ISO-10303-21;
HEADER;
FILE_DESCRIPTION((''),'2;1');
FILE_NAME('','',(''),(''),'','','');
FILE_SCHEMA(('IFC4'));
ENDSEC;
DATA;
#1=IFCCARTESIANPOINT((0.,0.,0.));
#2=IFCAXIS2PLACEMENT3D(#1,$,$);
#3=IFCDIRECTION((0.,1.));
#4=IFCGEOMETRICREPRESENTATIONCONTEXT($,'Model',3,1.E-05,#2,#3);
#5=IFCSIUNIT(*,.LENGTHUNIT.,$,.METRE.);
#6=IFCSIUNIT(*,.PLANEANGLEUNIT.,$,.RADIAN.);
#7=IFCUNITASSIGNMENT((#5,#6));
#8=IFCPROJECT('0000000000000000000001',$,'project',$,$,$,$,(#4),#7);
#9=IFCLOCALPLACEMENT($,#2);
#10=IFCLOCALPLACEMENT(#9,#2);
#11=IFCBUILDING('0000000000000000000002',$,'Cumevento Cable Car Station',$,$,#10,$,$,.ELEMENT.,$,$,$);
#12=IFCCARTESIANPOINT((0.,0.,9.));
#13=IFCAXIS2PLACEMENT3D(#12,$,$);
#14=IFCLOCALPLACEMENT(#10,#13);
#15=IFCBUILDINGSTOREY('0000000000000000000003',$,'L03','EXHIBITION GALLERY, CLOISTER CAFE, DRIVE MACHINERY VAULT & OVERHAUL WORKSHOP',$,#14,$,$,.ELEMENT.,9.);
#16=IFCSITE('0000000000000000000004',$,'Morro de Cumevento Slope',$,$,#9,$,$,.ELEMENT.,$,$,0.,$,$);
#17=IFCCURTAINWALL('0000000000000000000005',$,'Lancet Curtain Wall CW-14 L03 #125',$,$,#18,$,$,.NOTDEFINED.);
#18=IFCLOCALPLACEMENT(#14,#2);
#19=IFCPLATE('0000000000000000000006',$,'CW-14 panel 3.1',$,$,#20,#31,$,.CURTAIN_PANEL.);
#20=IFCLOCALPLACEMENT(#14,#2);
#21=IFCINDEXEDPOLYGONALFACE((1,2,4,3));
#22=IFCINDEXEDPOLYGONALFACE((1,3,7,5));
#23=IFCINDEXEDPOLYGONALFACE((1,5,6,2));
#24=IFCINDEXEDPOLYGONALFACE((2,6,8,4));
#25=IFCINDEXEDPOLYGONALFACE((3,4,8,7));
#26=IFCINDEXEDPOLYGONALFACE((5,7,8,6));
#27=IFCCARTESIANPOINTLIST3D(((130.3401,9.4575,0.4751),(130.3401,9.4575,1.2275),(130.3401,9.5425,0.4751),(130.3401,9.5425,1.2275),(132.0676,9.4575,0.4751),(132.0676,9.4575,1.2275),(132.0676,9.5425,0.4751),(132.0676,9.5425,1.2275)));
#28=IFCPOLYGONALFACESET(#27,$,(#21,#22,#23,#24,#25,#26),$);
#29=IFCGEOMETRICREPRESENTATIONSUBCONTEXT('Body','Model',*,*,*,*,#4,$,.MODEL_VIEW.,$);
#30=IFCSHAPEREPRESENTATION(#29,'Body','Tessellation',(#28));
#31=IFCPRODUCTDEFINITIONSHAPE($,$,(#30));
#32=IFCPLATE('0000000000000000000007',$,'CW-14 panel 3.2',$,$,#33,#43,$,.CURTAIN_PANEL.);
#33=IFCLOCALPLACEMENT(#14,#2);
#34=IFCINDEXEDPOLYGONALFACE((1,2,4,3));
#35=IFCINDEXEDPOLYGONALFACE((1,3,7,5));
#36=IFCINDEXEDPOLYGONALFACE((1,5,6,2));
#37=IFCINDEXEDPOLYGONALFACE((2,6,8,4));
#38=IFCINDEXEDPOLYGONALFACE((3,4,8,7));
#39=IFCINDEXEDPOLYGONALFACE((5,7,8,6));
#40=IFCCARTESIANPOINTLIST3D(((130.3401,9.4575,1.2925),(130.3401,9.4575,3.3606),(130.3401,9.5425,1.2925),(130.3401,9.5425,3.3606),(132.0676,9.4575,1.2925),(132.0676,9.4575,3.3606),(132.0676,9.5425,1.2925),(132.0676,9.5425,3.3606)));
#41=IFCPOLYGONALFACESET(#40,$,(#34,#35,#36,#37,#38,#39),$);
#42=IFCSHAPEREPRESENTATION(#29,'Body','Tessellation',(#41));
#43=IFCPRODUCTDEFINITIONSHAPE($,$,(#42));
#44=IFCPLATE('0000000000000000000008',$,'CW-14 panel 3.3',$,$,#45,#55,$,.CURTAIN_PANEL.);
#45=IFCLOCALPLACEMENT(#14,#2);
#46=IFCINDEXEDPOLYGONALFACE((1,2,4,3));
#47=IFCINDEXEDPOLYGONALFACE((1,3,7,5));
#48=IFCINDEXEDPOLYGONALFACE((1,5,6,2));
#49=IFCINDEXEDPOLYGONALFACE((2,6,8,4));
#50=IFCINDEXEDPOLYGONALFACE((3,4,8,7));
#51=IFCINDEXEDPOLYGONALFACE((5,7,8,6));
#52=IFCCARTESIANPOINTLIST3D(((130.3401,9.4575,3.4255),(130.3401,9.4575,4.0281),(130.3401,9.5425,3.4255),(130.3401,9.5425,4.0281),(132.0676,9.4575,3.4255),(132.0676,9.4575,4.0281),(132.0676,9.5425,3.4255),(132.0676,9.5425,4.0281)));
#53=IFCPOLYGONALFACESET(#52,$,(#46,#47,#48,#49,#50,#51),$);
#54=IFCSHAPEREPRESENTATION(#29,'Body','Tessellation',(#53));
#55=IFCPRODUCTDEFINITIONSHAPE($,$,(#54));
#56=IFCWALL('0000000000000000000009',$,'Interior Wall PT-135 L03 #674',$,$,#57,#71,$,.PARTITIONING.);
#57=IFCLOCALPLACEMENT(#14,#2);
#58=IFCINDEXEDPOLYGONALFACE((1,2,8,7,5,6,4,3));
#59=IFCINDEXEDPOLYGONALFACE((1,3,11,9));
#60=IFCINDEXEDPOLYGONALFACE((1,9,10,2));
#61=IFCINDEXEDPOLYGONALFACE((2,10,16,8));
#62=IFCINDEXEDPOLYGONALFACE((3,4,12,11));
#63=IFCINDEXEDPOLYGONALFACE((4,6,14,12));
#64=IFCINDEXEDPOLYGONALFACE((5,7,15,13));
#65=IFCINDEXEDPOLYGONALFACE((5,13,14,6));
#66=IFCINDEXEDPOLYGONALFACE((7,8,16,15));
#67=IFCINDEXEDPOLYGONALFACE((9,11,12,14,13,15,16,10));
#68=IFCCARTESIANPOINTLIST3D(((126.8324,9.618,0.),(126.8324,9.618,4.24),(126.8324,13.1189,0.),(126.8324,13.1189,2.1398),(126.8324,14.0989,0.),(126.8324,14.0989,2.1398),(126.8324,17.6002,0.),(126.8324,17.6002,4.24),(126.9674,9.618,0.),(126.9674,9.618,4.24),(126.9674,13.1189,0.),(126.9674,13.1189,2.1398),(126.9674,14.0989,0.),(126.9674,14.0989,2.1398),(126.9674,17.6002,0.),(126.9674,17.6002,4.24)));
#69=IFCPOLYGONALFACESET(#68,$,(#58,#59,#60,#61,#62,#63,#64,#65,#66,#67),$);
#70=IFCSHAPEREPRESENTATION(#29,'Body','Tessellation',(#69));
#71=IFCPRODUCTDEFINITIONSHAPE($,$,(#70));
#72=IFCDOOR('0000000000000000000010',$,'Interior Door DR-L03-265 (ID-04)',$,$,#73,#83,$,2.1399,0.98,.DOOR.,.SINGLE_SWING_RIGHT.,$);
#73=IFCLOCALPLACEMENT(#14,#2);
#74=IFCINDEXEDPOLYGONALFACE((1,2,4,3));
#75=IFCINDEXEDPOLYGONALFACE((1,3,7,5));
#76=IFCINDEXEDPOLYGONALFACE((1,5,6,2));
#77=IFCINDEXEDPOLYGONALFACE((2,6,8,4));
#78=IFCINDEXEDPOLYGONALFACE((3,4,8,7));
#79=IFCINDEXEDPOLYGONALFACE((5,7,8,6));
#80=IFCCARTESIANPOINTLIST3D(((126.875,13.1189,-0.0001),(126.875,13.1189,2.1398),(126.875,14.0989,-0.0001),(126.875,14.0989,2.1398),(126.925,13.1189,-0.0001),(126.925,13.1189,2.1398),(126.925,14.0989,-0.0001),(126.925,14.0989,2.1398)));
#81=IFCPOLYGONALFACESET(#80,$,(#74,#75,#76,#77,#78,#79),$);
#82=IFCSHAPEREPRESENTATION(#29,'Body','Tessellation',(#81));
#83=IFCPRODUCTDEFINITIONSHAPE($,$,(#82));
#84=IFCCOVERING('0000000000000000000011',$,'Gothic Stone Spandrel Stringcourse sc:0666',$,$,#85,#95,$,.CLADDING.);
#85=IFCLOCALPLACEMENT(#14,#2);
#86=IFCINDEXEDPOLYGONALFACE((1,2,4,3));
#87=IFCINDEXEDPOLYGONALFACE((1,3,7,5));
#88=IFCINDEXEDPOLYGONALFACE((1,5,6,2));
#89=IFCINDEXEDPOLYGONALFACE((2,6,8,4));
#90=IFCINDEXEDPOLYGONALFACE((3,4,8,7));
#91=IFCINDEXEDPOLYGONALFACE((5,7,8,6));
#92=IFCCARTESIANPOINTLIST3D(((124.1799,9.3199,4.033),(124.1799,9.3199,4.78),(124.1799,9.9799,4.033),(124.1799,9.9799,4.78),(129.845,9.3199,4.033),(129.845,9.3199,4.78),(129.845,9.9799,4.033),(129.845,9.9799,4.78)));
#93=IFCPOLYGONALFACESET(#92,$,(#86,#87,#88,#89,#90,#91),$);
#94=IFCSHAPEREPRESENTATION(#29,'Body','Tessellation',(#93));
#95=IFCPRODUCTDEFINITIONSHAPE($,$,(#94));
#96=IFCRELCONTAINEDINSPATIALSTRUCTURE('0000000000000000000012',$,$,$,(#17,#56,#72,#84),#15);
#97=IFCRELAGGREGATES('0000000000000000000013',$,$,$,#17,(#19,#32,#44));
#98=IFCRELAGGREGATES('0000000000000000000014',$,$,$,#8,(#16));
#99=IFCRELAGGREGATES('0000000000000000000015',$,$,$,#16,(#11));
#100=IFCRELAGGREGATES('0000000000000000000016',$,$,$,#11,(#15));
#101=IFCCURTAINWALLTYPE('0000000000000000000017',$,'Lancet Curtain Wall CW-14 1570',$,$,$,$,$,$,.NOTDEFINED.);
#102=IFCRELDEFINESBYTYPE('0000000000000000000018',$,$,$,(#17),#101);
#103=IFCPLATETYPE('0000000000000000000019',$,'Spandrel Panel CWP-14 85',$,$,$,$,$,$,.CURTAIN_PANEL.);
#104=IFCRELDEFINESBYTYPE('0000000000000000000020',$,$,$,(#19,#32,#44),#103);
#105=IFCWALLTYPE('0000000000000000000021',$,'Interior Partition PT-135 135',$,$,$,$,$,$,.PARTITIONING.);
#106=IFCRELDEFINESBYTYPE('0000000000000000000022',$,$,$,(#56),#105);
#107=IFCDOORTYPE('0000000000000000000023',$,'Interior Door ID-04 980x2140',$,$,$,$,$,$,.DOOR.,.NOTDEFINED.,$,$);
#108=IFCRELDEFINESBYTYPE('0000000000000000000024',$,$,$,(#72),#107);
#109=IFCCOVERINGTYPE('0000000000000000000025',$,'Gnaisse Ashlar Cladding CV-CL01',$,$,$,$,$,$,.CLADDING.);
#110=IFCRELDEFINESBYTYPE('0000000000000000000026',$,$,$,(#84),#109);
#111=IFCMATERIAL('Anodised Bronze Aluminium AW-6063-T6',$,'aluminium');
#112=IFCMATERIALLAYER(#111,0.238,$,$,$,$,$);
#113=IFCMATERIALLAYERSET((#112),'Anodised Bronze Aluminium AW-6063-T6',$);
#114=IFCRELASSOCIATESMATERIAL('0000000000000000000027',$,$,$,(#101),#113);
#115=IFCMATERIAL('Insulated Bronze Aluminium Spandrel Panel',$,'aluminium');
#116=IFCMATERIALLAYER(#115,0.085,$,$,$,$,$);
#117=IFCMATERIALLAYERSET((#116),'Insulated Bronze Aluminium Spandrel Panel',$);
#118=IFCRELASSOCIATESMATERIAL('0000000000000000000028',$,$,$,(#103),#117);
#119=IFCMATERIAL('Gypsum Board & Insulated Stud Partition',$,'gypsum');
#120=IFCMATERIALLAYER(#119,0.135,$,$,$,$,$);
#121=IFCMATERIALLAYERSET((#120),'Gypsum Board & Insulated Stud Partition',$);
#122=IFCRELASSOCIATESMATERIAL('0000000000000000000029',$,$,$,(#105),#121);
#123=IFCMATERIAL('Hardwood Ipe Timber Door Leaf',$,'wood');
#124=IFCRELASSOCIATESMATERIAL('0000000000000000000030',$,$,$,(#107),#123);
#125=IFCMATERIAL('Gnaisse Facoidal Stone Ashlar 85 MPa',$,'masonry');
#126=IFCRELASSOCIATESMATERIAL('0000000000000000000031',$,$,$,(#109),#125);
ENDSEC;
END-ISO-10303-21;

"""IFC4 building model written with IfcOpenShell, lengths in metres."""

from ifc_helpers import new_model, si_unit, direction, frame, frame_2d, origin, origin_2d, place, context, subcontext, project, spatial, rectangle, extrude, material, layer, layer_set, type_object, element, fill, aggregate, save


model = new_model("IFC4")

# Units and contexts
model_context = context("Model", 3, precision=1e-05, world=origin(), true_north=direction((0.0, 1.0)))
body_context = subcontext(model_context, "Body", "Model", "MODEL_VIEW")
ifc_project = project(units=[si_unit("LENGTHUNIT", "METRE"), si_unit("PLANEANGLEUNIT", "RADIAN")], contexts=[model_context])

# Site, building, storey
site_placement = place(None, origin())
site = spatial("IfcSite", under=ifc_project, at=site_placement, Name="Morro de Cumevento Slope", CompositionType="ELEMENT", RefElevation=0.0)
building_placement = place(site_placement, origin())
building = spatial("IfcBuilding", under=site, at=building_placement, Name="Cumevento Cable Car Station", CompositionType="ELEMENT")
storey_placement = place(building_placement, frame((0.0, 0.0, 9.0)))
storey = spatial("IfcBuildingStorey", under=building, at=storey_placement, Name="L03", Description="EXHIBITION GALLERY, CLOISTER CAFE, DRIVE MACHINERY VAULT & OVERHAUL WORKSHOP", CompositionType="ELEMENT", Elevation=9.0)

# Curtain wall
ifc_material_1 = material(Name="Anodised Bronze Aluminium AW-6063-T6", Category="aluminium")
ifc_layer_1 = layer(ifc_material_1, 0.238)
ifc_layer_set_1 = layer_set([ifc_layer_1], Name="Anodised Bronze Aluminium AW-6063-T6")
curtain_wall_type = type_object("IfcCurtainWallType", Name="Lancet Curtain Wall CW-14 1570", PredefinedType="NOTDEFINED", material=ifc_layer_set_1)
curtain_wall_placement = place(storey_placement, origin())
curtain_wall = element("IfcCurtainWall", 1, at=curtain_wall_placement, inside=storey, type_object=curtain_wall_type, Name="Lancet Curtain Wall CW-14 L03 #125", PredefinedType="NOTDEFINED")

# Plates
ifc_material_2 = material(Name="Insulated Bronze Aluminium Spandrel Panel", Category="aluminium")
ifc_layer_2 = layer(ifc_material_2, 0.085)
ifc_layer_set_2 = layer_set([ifc_layer_2], Name="Insulated Bronze Aluminium Spandrel Panel")
plate_type = type_object("IfcPlateType", Name="Spandrel Panel CWP-14 85", PredefinedType="CURTAIN_PANEL", material=ifc_layer_set_2)
plate_1_placement = place(storey_placement, frame((131.2039, 9.5, 0.4751), z_axis=(0.0, 0.0, 1.0), x_axis=(-1.0, 0.0, 0.0)))
plate_1 = element("IfcPlate", 2, at=plate_1_placement, type_object=plate_type, Name="CW-14 panel 3.1", PredefinedType="CURTAIN_PANEL", context=body_context, shape_type="SweptSolid", body=[
    extrude(rectangle(XDim=1.7275, YDim=0.085, at=origin_2d()), origin(), (0.0, 0.0, 1.0), 0.7524),
])
plate_2_placement = place(storey_placement, frame((131.2039, 9.5, 1.2925), z_axis=(0.0, 0.0, 1.0), x_axis=(-1.0, 0.0, 0.0)))
plate_2 = element("IfcPlate", 3, at=plate_2_placement, type_object=plate_type, Name="CW-14 panel 3.2", PredefinedType="CURTAIN_PANEL", context=body_context, shape_type="SweptSolid", body=[
    extrude(rectangle(XDim=1.7275, YDim=0.085, at=origin_2d()), origin(), (0.0, 0.0, 1.0), 2.0681),
])
plate_3_placement = place(storey_placement, frame((131.2039, 9.5, 3.4255), z_axis=(0.0, 0.0, 1.0), x_axis=(-1.0, 0.0, 0.0)))
plate_3 = element("IfcPlate", 4, at=plate_3_placement, type_object=plate_type, Name="CW-14 panel 3.3", PredefinedType="CURTAIN_PANEL", context=body_context, shape_type="SweptSolid", body=[
    extrude(rectangle(XDim=1.7275, YDim=0.085, at=origin_2d()), origin(), (0.0, 0.0, 1.0), 0.6025),
])
aggregate(curtain_wall, [plate_1, plate_2, plate_3])

# Wall, opening, door
ifc_material_3 = material(Name="Gypsum Board & Insulated Stud Partition", Category="gypsum")
ifc_layer_3 = layer(ifc_material_3, 0.135)
ifc_layer_set_3 = layer_set([ifc_layer_3], Name="Gypsum Board & Insulated Stud Partition")
wall_type = type_object("IfcWallType", Name="Interior Partition PT-135 135", PredefinedType="PARTITIONING", material=ifc_layer_set_3)
wall_placement = place(storey_placement, frame((126.8999, 9.6179, 0.0), z_axis=(0.0, 0.0, 1.0), x_axis=(0.0, 1.0, 0.0)))
wall = element("IfcWall", 5, at=wall_placement, inside=storey, type_object=wall_type, Name="Interior Wall PT-135 L03 #674", PredefinedType="PARTITIONING", context=body_context, shape_type="SweptSolid", body=[
    extrude(rectangle(XDim=7.9822, YDim=0.135, at=frame_2d((3.9912, 0.0))), origin(), (0.0, 0.0, 1.0), 4.24),
])
opening_placement = place(wall_placement, frame((3.501, 0.0, 0.0)))
opening = element("IfcOpeningElement", 6, at=opening_placement, cuts=wall, PredefinedType="OPENING", context=body_context, shape_type="SweptSolid", body=[
    extrude(rectangle(XDim=0.98, YDim=2.1399, at=frame_2d((0.49, 1.0698))), frame((0.0, 0.0774, 0.0), z_axis=(0.0, -1.0, 0.0), x_axis=(1.0, 0.0, 0.0)), (0.0, 0.0, 1.0), 0.155),
])
ifc_material_4 = material(Name="Hardwood Ipe Timber Door Leaf", Category="wood")
door_type = type_object("IfcDoorType", Name="Interior Door ID-04 980x2140", OperationType="NOTDEFINED", PredefinedType="DOOR", material=ifc_material_4)
door_placement = place(opening_placement, origin())
door = element("IfcDoor", 7, at=door_placement, inside=storey, type_object=door_type, Name="Interior Door DR-L03-265 (ID-04)", OperationType="SINGLE_SWING_RIGHT", OverallHeight=2.1399, OverallWidth=0.98, PredefinedType="DOOR", context=body_context, shape_type="SweptSolid", body=[
    extrude(rectangle(XDim=0.98, YDim=2.1399, at=frame_2d((0.49, 1.0698))), frame((0.0, 0.0249, 0.0), z_axis=(0.0, -1.0, 0.0), x_axis=(1.0, 0.0, 0.0)), (0.0, 0.0, 1.0), 0.05),
])
fill(opening, door)

# Covering
ifc_material_5 = material(Name="Gnaisse Facoidal Stone Ashlar 85 MPa", Category="masonry")
covering_type = type_object("IfcCoveringType", Name="Gnaisse Ashlar Cladding CV-CL01", PredefinedType="CLADDING", material=ifc_material_5)
covering_1_placement = place(storey_placement, frame((127.0125, 9.6499, 4.033), z_axis=(0.0, 0.0, 1.0), x_axis=(-1.0, 0.0, 0.0)))
element("IfcCovering", 8, at=covering_1_placement, inside=storey, type_object=covering_type, Name="Gothic Stone Spandrel Stringcourse sc:0666", PredefinedType="CLADDING", context=body_context, shape_type="SweptSolid", body=[
    extrude(rectangle(XDim=5.665, YDim=0.6599, at=origin_2d()), origin(), (0.0, 0.0, 1.0), 0.7471),
])

save(model, "model.ifc")
